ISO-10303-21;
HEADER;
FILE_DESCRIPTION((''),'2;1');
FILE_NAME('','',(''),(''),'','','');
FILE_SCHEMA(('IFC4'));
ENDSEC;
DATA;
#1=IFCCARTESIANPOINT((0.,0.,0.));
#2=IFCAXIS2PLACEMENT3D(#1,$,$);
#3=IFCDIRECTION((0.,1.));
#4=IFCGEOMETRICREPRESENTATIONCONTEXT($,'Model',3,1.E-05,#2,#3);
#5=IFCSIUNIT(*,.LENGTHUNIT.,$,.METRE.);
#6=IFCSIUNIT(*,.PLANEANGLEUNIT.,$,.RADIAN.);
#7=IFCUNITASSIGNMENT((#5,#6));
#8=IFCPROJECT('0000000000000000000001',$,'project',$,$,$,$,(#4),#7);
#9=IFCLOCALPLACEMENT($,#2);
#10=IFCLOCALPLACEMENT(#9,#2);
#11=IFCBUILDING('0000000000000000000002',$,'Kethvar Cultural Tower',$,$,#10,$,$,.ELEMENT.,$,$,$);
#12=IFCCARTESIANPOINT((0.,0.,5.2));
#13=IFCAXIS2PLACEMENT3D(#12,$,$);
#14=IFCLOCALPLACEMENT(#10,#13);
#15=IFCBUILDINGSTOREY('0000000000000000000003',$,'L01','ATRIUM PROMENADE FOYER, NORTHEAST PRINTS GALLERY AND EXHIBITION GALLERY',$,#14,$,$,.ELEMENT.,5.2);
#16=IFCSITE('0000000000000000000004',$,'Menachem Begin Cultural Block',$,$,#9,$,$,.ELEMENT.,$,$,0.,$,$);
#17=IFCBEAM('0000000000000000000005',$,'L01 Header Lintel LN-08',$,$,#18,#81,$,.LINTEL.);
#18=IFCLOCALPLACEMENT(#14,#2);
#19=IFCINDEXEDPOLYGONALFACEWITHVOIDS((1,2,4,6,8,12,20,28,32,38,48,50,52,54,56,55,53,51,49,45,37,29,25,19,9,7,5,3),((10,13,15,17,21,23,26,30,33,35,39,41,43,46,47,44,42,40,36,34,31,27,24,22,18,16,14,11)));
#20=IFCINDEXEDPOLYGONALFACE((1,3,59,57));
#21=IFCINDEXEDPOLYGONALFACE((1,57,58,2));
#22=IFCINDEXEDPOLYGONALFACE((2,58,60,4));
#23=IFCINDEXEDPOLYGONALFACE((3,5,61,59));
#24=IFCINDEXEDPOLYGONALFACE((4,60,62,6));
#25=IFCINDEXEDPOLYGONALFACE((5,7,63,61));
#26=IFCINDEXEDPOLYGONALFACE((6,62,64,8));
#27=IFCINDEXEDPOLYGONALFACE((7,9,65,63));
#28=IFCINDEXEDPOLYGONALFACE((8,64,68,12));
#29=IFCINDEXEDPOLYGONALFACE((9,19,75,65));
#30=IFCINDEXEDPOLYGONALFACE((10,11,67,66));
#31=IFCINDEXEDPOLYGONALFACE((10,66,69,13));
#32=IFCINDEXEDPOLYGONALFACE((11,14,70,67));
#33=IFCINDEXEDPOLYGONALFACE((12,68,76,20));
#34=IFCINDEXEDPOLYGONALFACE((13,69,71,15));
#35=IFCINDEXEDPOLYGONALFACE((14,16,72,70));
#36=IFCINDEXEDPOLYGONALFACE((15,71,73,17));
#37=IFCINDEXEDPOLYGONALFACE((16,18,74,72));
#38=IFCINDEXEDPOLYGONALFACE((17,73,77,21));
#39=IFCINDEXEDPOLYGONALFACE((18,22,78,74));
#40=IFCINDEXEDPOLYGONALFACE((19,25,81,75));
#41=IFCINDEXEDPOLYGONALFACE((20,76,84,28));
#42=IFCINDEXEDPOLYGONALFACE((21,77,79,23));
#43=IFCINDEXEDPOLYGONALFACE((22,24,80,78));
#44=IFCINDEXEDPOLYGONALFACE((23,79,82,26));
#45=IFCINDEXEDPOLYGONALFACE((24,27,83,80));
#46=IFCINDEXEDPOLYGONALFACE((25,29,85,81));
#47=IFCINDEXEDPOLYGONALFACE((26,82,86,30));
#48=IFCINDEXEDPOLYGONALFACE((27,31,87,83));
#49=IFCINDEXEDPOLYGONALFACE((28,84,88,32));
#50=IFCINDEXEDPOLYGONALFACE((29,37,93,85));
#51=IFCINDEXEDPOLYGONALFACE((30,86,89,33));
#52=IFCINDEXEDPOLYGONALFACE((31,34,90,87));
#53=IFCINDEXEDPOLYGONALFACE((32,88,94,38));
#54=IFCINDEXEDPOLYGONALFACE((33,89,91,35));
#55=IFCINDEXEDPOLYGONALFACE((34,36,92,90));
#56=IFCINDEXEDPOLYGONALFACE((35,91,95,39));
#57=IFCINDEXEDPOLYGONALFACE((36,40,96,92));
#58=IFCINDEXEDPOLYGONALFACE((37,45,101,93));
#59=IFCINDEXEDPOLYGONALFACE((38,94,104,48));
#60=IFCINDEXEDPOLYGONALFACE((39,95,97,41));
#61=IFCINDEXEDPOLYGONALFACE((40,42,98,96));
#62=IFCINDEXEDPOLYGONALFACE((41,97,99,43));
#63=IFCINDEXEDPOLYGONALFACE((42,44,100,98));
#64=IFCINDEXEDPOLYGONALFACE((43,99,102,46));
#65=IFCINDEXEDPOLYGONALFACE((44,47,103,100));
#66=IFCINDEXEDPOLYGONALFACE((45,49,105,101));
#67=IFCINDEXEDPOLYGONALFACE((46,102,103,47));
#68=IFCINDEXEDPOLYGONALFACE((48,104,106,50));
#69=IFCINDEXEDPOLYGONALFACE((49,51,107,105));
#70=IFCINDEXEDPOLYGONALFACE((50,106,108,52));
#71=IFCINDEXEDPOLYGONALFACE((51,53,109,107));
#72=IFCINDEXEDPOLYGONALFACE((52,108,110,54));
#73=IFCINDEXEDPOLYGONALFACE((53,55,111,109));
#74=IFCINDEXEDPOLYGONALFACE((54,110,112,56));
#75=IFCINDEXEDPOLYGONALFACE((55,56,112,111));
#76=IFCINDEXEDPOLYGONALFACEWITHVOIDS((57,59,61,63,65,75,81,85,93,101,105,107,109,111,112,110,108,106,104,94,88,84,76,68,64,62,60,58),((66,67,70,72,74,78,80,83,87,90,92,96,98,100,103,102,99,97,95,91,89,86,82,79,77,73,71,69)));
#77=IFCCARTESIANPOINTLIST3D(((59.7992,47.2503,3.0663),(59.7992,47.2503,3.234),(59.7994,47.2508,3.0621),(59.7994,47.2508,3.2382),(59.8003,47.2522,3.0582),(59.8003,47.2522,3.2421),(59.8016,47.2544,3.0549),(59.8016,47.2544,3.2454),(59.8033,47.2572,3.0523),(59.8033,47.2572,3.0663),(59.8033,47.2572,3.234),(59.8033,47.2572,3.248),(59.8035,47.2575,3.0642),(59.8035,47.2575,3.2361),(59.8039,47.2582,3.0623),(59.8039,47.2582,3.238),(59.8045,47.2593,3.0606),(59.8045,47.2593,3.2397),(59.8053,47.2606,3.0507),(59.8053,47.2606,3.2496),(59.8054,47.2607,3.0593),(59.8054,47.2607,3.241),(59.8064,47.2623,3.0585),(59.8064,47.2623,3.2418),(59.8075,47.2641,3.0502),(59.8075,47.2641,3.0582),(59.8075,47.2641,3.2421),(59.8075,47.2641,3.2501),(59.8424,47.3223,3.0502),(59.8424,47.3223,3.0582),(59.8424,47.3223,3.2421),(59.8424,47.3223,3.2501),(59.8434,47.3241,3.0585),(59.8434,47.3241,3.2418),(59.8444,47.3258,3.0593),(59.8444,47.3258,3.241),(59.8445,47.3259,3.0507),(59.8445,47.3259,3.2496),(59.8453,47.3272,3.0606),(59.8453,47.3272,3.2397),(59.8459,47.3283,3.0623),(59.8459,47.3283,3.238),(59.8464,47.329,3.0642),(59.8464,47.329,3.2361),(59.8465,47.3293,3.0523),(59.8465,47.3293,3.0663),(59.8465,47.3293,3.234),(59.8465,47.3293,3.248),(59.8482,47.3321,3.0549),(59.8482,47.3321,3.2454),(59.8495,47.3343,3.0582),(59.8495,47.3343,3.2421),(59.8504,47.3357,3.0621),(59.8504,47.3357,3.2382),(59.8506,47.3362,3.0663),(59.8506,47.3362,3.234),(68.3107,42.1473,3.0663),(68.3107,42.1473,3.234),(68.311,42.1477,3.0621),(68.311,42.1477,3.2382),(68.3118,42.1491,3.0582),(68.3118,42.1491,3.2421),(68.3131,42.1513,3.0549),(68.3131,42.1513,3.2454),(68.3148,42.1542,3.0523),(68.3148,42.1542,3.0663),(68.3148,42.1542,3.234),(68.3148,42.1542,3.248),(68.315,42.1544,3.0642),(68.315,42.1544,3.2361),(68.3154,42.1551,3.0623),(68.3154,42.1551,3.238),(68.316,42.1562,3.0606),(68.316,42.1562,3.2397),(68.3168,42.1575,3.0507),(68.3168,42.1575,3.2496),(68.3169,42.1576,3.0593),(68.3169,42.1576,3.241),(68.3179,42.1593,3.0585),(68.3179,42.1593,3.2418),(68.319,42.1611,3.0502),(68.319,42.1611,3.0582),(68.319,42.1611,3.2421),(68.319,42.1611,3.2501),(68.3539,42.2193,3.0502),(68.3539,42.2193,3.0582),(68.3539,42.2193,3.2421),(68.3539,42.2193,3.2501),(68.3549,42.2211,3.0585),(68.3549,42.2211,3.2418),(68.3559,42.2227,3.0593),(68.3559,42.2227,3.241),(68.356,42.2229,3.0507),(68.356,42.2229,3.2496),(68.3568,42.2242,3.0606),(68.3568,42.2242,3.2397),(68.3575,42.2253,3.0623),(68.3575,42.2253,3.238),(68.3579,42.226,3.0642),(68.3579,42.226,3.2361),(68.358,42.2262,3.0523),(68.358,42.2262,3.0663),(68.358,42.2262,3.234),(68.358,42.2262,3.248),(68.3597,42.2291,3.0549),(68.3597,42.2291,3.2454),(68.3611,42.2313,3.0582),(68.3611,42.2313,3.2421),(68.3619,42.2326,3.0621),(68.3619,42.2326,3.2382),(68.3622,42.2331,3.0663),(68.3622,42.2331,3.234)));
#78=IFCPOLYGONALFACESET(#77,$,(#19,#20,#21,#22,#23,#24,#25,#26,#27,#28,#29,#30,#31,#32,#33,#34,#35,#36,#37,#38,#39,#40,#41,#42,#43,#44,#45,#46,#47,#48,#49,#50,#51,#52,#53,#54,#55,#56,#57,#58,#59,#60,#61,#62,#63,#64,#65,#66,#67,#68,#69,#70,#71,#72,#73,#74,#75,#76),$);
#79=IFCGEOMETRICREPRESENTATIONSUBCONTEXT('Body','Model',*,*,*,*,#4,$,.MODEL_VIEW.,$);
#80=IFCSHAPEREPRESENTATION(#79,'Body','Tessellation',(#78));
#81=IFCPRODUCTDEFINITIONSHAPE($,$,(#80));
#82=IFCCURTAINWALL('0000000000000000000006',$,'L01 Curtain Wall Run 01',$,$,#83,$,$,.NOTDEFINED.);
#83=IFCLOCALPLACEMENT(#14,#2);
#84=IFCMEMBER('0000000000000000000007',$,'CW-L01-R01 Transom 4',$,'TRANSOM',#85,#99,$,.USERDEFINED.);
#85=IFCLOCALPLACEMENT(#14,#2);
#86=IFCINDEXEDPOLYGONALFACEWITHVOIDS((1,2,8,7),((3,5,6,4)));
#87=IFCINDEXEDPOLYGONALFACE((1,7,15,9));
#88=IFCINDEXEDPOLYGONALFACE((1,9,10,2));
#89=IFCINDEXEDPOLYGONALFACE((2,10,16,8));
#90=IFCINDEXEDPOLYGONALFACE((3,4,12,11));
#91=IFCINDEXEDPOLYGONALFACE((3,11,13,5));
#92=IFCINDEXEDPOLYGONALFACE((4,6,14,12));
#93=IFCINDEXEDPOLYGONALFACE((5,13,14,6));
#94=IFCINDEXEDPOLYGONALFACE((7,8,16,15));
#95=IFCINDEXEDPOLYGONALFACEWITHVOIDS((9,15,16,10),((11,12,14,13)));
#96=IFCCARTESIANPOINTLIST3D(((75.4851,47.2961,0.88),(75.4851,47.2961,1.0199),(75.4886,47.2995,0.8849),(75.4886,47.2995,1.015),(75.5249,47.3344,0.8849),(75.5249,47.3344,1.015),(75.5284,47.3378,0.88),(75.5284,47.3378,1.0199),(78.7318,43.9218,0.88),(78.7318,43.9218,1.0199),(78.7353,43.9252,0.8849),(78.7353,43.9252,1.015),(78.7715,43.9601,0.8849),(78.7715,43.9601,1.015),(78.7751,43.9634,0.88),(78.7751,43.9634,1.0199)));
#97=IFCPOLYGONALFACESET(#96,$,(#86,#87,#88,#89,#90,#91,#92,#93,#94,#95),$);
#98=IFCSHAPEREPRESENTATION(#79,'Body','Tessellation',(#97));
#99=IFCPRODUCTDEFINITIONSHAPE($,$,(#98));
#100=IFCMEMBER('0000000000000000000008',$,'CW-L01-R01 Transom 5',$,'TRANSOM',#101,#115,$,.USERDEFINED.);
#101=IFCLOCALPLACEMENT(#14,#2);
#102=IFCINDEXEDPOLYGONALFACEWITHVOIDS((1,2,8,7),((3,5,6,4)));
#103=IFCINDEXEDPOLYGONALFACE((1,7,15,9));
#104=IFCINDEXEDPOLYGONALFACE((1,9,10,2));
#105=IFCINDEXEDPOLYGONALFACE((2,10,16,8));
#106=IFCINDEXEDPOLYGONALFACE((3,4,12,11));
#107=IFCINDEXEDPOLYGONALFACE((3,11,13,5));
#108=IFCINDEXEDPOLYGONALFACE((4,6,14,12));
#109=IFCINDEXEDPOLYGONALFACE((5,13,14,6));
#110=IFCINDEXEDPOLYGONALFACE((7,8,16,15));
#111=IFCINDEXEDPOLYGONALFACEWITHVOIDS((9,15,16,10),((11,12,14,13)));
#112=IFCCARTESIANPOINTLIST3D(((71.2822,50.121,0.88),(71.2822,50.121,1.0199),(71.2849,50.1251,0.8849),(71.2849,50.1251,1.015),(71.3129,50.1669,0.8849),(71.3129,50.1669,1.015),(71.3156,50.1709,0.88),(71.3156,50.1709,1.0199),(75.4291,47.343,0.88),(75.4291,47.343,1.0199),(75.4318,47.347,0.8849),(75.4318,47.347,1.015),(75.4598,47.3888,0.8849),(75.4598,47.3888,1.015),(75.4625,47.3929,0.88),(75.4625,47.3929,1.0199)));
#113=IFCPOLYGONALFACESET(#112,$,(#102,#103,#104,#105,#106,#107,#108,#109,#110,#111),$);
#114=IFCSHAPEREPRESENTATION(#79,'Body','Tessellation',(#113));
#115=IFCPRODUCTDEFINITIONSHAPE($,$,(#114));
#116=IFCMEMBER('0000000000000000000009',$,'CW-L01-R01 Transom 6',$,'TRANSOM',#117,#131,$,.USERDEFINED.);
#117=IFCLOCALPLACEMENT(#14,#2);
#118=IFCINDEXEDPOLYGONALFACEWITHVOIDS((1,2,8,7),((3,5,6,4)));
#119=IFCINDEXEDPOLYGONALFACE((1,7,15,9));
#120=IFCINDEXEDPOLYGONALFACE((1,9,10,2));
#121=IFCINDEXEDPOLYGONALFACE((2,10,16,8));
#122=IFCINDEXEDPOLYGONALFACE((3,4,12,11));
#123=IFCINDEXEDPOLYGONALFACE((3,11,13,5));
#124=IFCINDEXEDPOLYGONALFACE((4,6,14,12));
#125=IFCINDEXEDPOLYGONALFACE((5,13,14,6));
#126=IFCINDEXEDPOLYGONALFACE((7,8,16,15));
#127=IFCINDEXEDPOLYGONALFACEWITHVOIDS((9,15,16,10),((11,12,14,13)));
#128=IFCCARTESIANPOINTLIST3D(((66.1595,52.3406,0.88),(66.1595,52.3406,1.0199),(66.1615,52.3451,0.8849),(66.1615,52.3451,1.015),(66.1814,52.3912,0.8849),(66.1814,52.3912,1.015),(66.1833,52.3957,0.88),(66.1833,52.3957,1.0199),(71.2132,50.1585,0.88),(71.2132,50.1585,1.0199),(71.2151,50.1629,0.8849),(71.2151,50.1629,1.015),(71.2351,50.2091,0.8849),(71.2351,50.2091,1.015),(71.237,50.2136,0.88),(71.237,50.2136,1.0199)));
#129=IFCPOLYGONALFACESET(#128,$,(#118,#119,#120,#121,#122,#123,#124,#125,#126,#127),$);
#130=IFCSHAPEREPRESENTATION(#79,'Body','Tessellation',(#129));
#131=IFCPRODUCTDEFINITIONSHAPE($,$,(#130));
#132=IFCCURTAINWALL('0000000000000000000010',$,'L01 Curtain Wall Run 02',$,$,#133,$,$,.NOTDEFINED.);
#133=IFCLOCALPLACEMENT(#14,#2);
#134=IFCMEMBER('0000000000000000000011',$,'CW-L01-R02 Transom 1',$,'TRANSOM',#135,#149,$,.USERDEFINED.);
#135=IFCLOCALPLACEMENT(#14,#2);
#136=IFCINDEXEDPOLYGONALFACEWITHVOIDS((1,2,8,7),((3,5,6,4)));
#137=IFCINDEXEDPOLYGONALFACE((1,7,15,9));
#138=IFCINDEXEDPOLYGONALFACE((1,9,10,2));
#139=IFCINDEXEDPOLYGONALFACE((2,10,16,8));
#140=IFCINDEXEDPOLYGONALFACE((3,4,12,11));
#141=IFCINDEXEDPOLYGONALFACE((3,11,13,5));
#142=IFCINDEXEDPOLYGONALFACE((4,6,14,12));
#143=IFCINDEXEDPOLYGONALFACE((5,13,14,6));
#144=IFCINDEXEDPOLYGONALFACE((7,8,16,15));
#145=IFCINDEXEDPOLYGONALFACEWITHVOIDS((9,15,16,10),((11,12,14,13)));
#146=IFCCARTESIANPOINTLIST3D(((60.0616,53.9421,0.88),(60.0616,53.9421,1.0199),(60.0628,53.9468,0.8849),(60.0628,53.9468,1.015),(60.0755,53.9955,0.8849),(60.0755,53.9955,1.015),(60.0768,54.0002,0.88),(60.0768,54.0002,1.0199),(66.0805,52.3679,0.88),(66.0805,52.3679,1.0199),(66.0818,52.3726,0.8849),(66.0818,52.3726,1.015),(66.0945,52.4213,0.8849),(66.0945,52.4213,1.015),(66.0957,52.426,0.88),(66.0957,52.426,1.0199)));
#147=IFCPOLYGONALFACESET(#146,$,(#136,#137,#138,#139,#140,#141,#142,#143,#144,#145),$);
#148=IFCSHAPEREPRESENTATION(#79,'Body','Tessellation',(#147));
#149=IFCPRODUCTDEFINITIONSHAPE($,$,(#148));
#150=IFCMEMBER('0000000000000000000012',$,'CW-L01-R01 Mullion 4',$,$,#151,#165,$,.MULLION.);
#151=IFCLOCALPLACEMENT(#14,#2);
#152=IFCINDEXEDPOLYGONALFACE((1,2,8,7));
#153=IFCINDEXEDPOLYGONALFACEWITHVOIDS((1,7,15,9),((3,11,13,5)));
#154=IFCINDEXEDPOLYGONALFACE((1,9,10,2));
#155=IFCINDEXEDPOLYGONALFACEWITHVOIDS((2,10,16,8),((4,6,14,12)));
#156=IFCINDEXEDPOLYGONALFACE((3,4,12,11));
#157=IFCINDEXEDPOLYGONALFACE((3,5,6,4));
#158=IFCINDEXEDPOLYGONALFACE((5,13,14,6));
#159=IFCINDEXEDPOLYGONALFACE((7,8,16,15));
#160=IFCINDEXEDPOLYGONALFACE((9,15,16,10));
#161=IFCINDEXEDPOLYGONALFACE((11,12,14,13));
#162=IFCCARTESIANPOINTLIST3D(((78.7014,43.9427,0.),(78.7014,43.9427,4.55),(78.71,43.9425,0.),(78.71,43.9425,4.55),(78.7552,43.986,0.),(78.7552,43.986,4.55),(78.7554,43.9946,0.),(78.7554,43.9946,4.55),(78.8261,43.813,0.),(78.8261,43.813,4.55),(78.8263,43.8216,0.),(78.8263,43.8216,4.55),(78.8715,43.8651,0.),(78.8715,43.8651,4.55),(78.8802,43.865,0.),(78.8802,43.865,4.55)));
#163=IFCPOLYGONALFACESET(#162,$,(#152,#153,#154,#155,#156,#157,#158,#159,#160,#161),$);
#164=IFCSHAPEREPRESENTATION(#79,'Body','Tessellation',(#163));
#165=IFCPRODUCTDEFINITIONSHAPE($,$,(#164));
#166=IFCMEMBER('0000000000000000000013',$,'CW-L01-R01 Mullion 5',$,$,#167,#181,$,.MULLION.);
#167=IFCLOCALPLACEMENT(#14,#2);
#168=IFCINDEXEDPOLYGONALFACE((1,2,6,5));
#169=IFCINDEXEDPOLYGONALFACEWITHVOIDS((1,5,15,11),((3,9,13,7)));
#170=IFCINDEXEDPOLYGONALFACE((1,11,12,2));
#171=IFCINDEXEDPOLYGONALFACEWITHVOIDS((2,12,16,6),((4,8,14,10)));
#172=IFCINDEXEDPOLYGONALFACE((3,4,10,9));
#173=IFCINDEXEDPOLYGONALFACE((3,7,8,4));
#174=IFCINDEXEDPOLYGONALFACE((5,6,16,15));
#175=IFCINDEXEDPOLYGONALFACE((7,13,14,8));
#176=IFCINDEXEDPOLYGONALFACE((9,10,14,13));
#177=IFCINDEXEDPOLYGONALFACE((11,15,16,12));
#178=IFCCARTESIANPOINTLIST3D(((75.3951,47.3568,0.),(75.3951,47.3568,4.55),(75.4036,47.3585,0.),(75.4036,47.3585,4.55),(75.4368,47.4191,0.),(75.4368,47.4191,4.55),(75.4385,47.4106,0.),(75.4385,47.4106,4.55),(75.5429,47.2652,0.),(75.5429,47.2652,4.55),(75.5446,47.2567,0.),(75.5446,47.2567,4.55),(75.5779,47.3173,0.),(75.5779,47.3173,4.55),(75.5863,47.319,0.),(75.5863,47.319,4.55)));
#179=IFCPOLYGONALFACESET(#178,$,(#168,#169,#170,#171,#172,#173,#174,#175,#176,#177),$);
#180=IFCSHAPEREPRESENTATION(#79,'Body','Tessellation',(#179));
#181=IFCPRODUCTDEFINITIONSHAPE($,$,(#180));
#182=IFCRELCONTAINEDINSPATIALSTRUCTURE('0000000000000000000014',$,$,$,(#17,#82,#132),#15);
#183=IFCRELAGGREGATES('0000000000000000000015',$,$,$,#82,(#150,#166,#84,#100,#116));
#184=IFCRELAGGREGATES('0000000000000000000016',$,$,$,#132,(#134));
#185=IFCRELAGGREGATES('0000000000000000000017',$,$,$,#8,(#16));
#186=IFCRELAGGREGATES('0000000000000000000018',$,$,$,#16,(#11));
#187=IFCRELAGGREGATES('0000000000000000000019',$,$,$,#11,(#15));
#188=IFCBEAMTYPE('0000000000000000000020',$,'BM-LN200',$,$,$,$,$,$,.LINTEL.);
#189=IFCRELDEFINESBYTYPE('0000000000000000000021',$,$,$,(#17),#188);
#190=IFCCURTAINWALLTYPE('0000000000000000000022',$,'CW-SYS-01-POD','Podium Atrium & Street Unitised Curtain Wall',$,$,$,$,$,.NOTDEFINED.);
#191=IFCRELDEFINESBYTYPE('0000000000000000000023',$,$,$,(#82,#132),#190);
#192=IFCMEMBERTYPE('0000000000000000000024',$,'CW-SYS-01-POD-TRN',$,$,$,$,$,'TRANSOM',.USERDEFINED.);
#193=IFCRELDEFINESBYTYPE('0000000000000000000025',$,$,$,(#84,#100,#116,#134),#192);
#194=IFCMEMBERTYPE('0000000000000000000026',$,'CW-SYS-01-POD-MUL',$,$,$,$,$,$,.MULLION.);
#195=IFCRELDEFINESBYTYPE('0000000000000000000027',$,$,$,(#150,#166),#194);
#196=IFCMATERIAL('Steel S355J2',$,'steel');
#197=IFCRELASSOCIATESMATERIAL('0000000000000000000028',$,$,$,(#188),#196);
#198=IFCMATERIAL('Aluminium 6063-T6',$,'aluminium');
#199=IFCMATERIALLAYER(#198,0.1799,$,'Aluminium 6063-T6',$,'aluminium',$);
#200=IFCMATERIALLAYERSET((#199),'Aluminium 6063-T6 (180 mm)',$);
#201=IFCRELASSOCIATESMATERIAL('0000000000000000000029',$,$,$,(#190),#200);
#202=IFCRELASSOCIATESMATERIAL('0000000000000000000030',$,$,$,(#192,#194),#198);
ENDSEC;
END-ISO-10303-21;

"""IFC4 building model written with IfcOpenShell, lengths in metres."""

from ifc_helpers import new_model, si_unit, direction, frame, origin, origin_2d, place, context, subcontext, project, spatial, hollow_rectangle, extrude, source, transform, mapped, material, layer, layer_set, material_profile, profile_set, type_object, element, aggregate, save


model = new_model("IFC4")

# Units and contexts
model_context = context("Model", 3, precision=1e-05, world=origin(), true_north=direction((0.0, 1.0)))
body_context = subcontext(model_context, "Body", "Model", "MODEL_VIEW")
ifc_project = project(units=[si_unit("LENGTHUNIT", "METRE"), si_unit("PLANEANGLEUNIT", "RADIAN")], contexts=[model_context])

# Site, building, storey
site_placement = place(None, origin())
site = spatial("IfcSite", under=ifc_project, at=site_placement, Name="Menachem Begin Cultural Block", CompositionType="ELEMENT", RefElevation=0.0)
building_placement = place(site_placement, origin())
building = spatial("IfcBuilding", under=site, at=building_placement, Name="Kethvar Cultural Tower", CompositionType="ELEMENT")
storey_placement = place(building_placement, frame((0.0, 0.0, 5.2)))
storey = spatial("IfcBuildingStorey", under=building, at=storey_placement, Name="L01", Description="ATRIUM PROMENADE FOYER, NORTHEAST PRINTS GALLERY AND EXHIBITION GALLERY", CompositionType="ELEMENT", Elevation=5.2)

# Beam
ifc_material_1 = material(Name="Steel S355J2", Category="steel")
ifc_material_profile_1 = material_profile(ifc_material_1, hollow_rectangle(XDim=0.1001, YDim=0.2, WallThickness=0.0081, InnerFilletRadius=0.0081, OuterFilletRadius=0.0161, at=origin_2d()), Name="Steel S355J2 — RHS200x100x8")
ifc_profile_set_1 = profile_set([ifc_material_profile_1], Name="Steel S355J2 — RHS200x100x8")
beam_type = type_object("IfcBeamType", Name="BM-LN200", PredefinedType="LINTEL", material=ifc_profile_set_1)
shared_shape_1 = source(origin(), body_context, "Body", "SweptSolid", [
    extrude(hollow_rectangle(XDim=0.1001, YDim=0.2, WallThickness=0.0081, InnerFilletRadius=0.0081, OuterFilletRadius=0.0161, at=origin_2d()), origin(), (0.0, 0.0, 1.0), 9.9241),
])
beam_placement = place(storey_placement, frame((68.3364, 42.1902, 3.1501), z_axis=(-0.857664, 0.51421, 0.0), x_axis=(-0.51421, -0.857664, 0.0)))
element("IfcBeam", 1, at=beam_placement, inside=storey, type_object=beam_type, Name="L01 Header Lintel LN-08", PredefinedType="LINTEL", context=body_context, shape_type="MappedRepresentation", body=[
    mapped(shared_shape_1, transform((0.0, 0.0, 0.0), scale=1.0)),
])

# Curtain wall, members
ifc_material_2 = material(Name="Aluminium 6063-T6", Category="aluminium")
ifc_layer_1 = layer(ifc_material_2, 0.1799, Name="Aluminium 6063-T6", Category="aluminium")
ifc_layer_set_1 = layer_set([ifc_layer_1], Name="Aluminium 6063-T6 (180 mm)")
curtain_wall_type = type_object("IfcCurtainWallType", Name="CW-SYS-01-POD", Description="Podium Atrium & Street Unitised Curtain Wall", PredefinedType="NOTDEFINED", material=ifc_layer_set_1)
curtain_wall_1_placement = place(storey_placement, origin())
curtain_wall_1 = element("IfcCurtainWall", 2, at=curtain_wall_1_placement, inside=storey, type_object=curtain_wall_type, Name="L01 Curtain Wall Run 01", PredefinedType="NOTDEFINED")
ifc_material_profile_2 = material_profile(ifc_material_2, hollow_rectangle(XDim=0.0601, YDim=0.1399, WallThickness=0.0049, at=origin_2d()), Name="Aluminium 6063-T6 — RHS140x60x5")
ifc_profile_set_2 = profile_set([ifc_material_profile_2], Name="Aluminium 6063-T6 — RHS140x60x5")
member_type_1 = type_object("IfcMemberType", Name="CW-SYS-01-POD-TRN", ElementType="TRANSOM", PredefinedType="USERDEFINED", material=ifc_profile_set_2)
shared_shape_2 = source(origin(), body_context, "Body", "SweptSolid", [
    extrude(hollow_rectangle(XDim=0.0601, YDim=0.1399, WallThickness=0.0049, at=origin_2d()), origin(), (0.0, 0.0, 1.0), 4.6826),
])
member_1_placement = place(storey_placement, frame((78.7534, 43.9426, 0.95), z_axis=(-0.693341, 0.72061, 0.0), x_axis=(-0.72061, -0.693341, 0.0)))
member_1 = element("IfcMember", 3, at=member_1_placement, type_object=member_type_1, Name="CW-L01-R01 Transom 4", ObjectType="TRANSOM", PredefinedType="USERDEFINED", context=body_context, shape_type="MappedRepresentation", body=[
    mapped(shared_shape_2, transform((0.0, 0.0, 0.0), scale=1.0)),
])
shared_shape_3 = source(origin(), body_context, "Body", "SweptSolid", [
    extrude(hollow_rectangle(XDim=0.0601, YDim=0.1399, WallThickness=0.0049, at=origin_2d()), origin(), (0.0, 0.0, 1.0), 4.9915),
])
member_2_placement = place(storey_placement, frame((75.4458, 47.3679, 0.95), z_axis=(-0.830807, 0.556561, 0.0), x_axis=(-0.556561, -0.830807, 0.0)))
member_2 = element("IfcMember", 4, at=member_2_placement, type_object=member_type_1, Name="CW-L01-R01 Transom 5", ObjectType="TRANSOM", PredefinedType="USERDEFINED", context=body_context, shape_type="MappedRepresentation", body=[
    mapped(shared_shape_3, transform((0.0, 0.0, 0.0), scale=1.0)),
])
shared_shape_4 = source(origin(), body_context, "Body", "SweptSolid", [
    extrude(hollow_rectangle(XDim=0.0601, YDim=0.1399, WallThickness=0.0049, at=origin_2d()), origin(), (0.0, 0.0, 1.0), 5.5046),
])
member_3_placement = place(storey_placement, frame((71.2251, 50.186, 0.95), z_axis=(-0.918073, 0.396412, 0.0), x_axis=(-0.396412, -0.918073, 0.0)))
member_3 = element("IfcMember", 5, at=member_3_placement, type_object=member_type_1, Name="CW-L01-R01 Transom 6", ObjectType="TRANSOM", PredefinedType="USERDEFINED", context=body_context, shape_type="MappedRepresentation", body=[
    mapped(shared_shape_4, transform((0.0, 0.0, 0.0), scale=1.0)),
])

# Curtain wall, member
curtain_wall_2_placement = place(storey_placement, origin())
curtain_wall_2 = element("IfcCurtainWall", 6, at=curtain_wall_2_placement, inside=storey, type_object=curtain_wall_type, Name="L01 Curtain Wall Run 02", PredefinedType="NOTDEFINED")
shared_shape_5 = source(origin(), body_context, "Body", "SweptSolid", [
    extrude(hollow_rectangle(XDim=0.0601, YDim=0.1399, WallThickness=0.0049, at=origin_2d()), origin(), (0.0, 0.0, 1.0), 6.2214),
])
member_4_placement = place(storey_placement, frame((66.0881, 52.397, 0.95), z_axis=(-0.967459, 0.253029, 0.0), x_axis=(-0.253029, -0.967459, 0.0)))
member_4 = element("IfcMember", 7, at=member_4_placement, type_object=member_type_1, Name="CW-L01-R02 Transom 1", ObjectType="TRANSOM", PredefinedType="USERDEFINED", context=body_context, shape_type="MappedRepresentation", body=[
    mapped(shared_shape_5, transform((0.0, 0.0, 0.0), scale=1.0)),
])

# Members
ifc_material_profile_3 = material_profile(ifc_material_2, hollow_rectangle(XDim=0.075, YDim=0.1799, WallThickness=0.0061, at=origin_2d()), Name="Aluminium 6063-T6 — RHS180x75x6")
ifc_profile_set_3 = profile_set([ifc_material_profile_3], Name="Aluminium 6063-T6 — RHS180x75x6")
member_type_2 = type_object("IfcMemberType", Name="CW-SYS-01-POD-MUL", PredefinedType="MULLION", material=ifc_profile_set_3)
shared_shape_6 = source(origin(), body_context, "Body", "SweptSolid", [
    extrude(hollow_rectangle(XDim=0.075, YDim=0.1799, WallThickness=0.0061, at=origin_2d()), origin(), (0.0, 0.0, 1.0), 4.55),
])
member_5_placement = place(storey_placement, frame((78.7908, 43.9038, 0.0), z_axis=(0.0, 0.0, 1.0), x_axis=(-0.720612, -0.693339, 0.0)))
member_5 = element("IfcMember", 8, at=member_5_placement, type_object=member_type_2, Name="CW-L01-R01 Mullion 4", PredefinedType="MULLION", context=body_context, shape_type="MappedRepresentation", body=[
    mapped(shared_shape_6, transform((0.0, 0.0, 0.0), scale=1.0)),
])
member_6_placement = place(storey_placement, frame((75.4907, 47.3379, 0.0), z_axis=(0.0, 0.0, 1.0), x_axis=(-0.556557, -0.83081, 0.0)))
member_6 = element("IfcMember", 9, at=member_6_placement, type_object=member_type_2, Name="CW-L01-R01 Mullion 5", PredefinedType="MULLION", context=body_context, shape_type="MappedRepresentation", body=[
    mapped(shared_shape_6, transform((0.0, 0.0, 0.0), scale=1.0)),
])

aggregate(curtain_wall_1, [member_5, member_6, member_1, member_2, member_3])
aggregate(curtain_wall_2, [member_4])

save(model, "model.ifc")
